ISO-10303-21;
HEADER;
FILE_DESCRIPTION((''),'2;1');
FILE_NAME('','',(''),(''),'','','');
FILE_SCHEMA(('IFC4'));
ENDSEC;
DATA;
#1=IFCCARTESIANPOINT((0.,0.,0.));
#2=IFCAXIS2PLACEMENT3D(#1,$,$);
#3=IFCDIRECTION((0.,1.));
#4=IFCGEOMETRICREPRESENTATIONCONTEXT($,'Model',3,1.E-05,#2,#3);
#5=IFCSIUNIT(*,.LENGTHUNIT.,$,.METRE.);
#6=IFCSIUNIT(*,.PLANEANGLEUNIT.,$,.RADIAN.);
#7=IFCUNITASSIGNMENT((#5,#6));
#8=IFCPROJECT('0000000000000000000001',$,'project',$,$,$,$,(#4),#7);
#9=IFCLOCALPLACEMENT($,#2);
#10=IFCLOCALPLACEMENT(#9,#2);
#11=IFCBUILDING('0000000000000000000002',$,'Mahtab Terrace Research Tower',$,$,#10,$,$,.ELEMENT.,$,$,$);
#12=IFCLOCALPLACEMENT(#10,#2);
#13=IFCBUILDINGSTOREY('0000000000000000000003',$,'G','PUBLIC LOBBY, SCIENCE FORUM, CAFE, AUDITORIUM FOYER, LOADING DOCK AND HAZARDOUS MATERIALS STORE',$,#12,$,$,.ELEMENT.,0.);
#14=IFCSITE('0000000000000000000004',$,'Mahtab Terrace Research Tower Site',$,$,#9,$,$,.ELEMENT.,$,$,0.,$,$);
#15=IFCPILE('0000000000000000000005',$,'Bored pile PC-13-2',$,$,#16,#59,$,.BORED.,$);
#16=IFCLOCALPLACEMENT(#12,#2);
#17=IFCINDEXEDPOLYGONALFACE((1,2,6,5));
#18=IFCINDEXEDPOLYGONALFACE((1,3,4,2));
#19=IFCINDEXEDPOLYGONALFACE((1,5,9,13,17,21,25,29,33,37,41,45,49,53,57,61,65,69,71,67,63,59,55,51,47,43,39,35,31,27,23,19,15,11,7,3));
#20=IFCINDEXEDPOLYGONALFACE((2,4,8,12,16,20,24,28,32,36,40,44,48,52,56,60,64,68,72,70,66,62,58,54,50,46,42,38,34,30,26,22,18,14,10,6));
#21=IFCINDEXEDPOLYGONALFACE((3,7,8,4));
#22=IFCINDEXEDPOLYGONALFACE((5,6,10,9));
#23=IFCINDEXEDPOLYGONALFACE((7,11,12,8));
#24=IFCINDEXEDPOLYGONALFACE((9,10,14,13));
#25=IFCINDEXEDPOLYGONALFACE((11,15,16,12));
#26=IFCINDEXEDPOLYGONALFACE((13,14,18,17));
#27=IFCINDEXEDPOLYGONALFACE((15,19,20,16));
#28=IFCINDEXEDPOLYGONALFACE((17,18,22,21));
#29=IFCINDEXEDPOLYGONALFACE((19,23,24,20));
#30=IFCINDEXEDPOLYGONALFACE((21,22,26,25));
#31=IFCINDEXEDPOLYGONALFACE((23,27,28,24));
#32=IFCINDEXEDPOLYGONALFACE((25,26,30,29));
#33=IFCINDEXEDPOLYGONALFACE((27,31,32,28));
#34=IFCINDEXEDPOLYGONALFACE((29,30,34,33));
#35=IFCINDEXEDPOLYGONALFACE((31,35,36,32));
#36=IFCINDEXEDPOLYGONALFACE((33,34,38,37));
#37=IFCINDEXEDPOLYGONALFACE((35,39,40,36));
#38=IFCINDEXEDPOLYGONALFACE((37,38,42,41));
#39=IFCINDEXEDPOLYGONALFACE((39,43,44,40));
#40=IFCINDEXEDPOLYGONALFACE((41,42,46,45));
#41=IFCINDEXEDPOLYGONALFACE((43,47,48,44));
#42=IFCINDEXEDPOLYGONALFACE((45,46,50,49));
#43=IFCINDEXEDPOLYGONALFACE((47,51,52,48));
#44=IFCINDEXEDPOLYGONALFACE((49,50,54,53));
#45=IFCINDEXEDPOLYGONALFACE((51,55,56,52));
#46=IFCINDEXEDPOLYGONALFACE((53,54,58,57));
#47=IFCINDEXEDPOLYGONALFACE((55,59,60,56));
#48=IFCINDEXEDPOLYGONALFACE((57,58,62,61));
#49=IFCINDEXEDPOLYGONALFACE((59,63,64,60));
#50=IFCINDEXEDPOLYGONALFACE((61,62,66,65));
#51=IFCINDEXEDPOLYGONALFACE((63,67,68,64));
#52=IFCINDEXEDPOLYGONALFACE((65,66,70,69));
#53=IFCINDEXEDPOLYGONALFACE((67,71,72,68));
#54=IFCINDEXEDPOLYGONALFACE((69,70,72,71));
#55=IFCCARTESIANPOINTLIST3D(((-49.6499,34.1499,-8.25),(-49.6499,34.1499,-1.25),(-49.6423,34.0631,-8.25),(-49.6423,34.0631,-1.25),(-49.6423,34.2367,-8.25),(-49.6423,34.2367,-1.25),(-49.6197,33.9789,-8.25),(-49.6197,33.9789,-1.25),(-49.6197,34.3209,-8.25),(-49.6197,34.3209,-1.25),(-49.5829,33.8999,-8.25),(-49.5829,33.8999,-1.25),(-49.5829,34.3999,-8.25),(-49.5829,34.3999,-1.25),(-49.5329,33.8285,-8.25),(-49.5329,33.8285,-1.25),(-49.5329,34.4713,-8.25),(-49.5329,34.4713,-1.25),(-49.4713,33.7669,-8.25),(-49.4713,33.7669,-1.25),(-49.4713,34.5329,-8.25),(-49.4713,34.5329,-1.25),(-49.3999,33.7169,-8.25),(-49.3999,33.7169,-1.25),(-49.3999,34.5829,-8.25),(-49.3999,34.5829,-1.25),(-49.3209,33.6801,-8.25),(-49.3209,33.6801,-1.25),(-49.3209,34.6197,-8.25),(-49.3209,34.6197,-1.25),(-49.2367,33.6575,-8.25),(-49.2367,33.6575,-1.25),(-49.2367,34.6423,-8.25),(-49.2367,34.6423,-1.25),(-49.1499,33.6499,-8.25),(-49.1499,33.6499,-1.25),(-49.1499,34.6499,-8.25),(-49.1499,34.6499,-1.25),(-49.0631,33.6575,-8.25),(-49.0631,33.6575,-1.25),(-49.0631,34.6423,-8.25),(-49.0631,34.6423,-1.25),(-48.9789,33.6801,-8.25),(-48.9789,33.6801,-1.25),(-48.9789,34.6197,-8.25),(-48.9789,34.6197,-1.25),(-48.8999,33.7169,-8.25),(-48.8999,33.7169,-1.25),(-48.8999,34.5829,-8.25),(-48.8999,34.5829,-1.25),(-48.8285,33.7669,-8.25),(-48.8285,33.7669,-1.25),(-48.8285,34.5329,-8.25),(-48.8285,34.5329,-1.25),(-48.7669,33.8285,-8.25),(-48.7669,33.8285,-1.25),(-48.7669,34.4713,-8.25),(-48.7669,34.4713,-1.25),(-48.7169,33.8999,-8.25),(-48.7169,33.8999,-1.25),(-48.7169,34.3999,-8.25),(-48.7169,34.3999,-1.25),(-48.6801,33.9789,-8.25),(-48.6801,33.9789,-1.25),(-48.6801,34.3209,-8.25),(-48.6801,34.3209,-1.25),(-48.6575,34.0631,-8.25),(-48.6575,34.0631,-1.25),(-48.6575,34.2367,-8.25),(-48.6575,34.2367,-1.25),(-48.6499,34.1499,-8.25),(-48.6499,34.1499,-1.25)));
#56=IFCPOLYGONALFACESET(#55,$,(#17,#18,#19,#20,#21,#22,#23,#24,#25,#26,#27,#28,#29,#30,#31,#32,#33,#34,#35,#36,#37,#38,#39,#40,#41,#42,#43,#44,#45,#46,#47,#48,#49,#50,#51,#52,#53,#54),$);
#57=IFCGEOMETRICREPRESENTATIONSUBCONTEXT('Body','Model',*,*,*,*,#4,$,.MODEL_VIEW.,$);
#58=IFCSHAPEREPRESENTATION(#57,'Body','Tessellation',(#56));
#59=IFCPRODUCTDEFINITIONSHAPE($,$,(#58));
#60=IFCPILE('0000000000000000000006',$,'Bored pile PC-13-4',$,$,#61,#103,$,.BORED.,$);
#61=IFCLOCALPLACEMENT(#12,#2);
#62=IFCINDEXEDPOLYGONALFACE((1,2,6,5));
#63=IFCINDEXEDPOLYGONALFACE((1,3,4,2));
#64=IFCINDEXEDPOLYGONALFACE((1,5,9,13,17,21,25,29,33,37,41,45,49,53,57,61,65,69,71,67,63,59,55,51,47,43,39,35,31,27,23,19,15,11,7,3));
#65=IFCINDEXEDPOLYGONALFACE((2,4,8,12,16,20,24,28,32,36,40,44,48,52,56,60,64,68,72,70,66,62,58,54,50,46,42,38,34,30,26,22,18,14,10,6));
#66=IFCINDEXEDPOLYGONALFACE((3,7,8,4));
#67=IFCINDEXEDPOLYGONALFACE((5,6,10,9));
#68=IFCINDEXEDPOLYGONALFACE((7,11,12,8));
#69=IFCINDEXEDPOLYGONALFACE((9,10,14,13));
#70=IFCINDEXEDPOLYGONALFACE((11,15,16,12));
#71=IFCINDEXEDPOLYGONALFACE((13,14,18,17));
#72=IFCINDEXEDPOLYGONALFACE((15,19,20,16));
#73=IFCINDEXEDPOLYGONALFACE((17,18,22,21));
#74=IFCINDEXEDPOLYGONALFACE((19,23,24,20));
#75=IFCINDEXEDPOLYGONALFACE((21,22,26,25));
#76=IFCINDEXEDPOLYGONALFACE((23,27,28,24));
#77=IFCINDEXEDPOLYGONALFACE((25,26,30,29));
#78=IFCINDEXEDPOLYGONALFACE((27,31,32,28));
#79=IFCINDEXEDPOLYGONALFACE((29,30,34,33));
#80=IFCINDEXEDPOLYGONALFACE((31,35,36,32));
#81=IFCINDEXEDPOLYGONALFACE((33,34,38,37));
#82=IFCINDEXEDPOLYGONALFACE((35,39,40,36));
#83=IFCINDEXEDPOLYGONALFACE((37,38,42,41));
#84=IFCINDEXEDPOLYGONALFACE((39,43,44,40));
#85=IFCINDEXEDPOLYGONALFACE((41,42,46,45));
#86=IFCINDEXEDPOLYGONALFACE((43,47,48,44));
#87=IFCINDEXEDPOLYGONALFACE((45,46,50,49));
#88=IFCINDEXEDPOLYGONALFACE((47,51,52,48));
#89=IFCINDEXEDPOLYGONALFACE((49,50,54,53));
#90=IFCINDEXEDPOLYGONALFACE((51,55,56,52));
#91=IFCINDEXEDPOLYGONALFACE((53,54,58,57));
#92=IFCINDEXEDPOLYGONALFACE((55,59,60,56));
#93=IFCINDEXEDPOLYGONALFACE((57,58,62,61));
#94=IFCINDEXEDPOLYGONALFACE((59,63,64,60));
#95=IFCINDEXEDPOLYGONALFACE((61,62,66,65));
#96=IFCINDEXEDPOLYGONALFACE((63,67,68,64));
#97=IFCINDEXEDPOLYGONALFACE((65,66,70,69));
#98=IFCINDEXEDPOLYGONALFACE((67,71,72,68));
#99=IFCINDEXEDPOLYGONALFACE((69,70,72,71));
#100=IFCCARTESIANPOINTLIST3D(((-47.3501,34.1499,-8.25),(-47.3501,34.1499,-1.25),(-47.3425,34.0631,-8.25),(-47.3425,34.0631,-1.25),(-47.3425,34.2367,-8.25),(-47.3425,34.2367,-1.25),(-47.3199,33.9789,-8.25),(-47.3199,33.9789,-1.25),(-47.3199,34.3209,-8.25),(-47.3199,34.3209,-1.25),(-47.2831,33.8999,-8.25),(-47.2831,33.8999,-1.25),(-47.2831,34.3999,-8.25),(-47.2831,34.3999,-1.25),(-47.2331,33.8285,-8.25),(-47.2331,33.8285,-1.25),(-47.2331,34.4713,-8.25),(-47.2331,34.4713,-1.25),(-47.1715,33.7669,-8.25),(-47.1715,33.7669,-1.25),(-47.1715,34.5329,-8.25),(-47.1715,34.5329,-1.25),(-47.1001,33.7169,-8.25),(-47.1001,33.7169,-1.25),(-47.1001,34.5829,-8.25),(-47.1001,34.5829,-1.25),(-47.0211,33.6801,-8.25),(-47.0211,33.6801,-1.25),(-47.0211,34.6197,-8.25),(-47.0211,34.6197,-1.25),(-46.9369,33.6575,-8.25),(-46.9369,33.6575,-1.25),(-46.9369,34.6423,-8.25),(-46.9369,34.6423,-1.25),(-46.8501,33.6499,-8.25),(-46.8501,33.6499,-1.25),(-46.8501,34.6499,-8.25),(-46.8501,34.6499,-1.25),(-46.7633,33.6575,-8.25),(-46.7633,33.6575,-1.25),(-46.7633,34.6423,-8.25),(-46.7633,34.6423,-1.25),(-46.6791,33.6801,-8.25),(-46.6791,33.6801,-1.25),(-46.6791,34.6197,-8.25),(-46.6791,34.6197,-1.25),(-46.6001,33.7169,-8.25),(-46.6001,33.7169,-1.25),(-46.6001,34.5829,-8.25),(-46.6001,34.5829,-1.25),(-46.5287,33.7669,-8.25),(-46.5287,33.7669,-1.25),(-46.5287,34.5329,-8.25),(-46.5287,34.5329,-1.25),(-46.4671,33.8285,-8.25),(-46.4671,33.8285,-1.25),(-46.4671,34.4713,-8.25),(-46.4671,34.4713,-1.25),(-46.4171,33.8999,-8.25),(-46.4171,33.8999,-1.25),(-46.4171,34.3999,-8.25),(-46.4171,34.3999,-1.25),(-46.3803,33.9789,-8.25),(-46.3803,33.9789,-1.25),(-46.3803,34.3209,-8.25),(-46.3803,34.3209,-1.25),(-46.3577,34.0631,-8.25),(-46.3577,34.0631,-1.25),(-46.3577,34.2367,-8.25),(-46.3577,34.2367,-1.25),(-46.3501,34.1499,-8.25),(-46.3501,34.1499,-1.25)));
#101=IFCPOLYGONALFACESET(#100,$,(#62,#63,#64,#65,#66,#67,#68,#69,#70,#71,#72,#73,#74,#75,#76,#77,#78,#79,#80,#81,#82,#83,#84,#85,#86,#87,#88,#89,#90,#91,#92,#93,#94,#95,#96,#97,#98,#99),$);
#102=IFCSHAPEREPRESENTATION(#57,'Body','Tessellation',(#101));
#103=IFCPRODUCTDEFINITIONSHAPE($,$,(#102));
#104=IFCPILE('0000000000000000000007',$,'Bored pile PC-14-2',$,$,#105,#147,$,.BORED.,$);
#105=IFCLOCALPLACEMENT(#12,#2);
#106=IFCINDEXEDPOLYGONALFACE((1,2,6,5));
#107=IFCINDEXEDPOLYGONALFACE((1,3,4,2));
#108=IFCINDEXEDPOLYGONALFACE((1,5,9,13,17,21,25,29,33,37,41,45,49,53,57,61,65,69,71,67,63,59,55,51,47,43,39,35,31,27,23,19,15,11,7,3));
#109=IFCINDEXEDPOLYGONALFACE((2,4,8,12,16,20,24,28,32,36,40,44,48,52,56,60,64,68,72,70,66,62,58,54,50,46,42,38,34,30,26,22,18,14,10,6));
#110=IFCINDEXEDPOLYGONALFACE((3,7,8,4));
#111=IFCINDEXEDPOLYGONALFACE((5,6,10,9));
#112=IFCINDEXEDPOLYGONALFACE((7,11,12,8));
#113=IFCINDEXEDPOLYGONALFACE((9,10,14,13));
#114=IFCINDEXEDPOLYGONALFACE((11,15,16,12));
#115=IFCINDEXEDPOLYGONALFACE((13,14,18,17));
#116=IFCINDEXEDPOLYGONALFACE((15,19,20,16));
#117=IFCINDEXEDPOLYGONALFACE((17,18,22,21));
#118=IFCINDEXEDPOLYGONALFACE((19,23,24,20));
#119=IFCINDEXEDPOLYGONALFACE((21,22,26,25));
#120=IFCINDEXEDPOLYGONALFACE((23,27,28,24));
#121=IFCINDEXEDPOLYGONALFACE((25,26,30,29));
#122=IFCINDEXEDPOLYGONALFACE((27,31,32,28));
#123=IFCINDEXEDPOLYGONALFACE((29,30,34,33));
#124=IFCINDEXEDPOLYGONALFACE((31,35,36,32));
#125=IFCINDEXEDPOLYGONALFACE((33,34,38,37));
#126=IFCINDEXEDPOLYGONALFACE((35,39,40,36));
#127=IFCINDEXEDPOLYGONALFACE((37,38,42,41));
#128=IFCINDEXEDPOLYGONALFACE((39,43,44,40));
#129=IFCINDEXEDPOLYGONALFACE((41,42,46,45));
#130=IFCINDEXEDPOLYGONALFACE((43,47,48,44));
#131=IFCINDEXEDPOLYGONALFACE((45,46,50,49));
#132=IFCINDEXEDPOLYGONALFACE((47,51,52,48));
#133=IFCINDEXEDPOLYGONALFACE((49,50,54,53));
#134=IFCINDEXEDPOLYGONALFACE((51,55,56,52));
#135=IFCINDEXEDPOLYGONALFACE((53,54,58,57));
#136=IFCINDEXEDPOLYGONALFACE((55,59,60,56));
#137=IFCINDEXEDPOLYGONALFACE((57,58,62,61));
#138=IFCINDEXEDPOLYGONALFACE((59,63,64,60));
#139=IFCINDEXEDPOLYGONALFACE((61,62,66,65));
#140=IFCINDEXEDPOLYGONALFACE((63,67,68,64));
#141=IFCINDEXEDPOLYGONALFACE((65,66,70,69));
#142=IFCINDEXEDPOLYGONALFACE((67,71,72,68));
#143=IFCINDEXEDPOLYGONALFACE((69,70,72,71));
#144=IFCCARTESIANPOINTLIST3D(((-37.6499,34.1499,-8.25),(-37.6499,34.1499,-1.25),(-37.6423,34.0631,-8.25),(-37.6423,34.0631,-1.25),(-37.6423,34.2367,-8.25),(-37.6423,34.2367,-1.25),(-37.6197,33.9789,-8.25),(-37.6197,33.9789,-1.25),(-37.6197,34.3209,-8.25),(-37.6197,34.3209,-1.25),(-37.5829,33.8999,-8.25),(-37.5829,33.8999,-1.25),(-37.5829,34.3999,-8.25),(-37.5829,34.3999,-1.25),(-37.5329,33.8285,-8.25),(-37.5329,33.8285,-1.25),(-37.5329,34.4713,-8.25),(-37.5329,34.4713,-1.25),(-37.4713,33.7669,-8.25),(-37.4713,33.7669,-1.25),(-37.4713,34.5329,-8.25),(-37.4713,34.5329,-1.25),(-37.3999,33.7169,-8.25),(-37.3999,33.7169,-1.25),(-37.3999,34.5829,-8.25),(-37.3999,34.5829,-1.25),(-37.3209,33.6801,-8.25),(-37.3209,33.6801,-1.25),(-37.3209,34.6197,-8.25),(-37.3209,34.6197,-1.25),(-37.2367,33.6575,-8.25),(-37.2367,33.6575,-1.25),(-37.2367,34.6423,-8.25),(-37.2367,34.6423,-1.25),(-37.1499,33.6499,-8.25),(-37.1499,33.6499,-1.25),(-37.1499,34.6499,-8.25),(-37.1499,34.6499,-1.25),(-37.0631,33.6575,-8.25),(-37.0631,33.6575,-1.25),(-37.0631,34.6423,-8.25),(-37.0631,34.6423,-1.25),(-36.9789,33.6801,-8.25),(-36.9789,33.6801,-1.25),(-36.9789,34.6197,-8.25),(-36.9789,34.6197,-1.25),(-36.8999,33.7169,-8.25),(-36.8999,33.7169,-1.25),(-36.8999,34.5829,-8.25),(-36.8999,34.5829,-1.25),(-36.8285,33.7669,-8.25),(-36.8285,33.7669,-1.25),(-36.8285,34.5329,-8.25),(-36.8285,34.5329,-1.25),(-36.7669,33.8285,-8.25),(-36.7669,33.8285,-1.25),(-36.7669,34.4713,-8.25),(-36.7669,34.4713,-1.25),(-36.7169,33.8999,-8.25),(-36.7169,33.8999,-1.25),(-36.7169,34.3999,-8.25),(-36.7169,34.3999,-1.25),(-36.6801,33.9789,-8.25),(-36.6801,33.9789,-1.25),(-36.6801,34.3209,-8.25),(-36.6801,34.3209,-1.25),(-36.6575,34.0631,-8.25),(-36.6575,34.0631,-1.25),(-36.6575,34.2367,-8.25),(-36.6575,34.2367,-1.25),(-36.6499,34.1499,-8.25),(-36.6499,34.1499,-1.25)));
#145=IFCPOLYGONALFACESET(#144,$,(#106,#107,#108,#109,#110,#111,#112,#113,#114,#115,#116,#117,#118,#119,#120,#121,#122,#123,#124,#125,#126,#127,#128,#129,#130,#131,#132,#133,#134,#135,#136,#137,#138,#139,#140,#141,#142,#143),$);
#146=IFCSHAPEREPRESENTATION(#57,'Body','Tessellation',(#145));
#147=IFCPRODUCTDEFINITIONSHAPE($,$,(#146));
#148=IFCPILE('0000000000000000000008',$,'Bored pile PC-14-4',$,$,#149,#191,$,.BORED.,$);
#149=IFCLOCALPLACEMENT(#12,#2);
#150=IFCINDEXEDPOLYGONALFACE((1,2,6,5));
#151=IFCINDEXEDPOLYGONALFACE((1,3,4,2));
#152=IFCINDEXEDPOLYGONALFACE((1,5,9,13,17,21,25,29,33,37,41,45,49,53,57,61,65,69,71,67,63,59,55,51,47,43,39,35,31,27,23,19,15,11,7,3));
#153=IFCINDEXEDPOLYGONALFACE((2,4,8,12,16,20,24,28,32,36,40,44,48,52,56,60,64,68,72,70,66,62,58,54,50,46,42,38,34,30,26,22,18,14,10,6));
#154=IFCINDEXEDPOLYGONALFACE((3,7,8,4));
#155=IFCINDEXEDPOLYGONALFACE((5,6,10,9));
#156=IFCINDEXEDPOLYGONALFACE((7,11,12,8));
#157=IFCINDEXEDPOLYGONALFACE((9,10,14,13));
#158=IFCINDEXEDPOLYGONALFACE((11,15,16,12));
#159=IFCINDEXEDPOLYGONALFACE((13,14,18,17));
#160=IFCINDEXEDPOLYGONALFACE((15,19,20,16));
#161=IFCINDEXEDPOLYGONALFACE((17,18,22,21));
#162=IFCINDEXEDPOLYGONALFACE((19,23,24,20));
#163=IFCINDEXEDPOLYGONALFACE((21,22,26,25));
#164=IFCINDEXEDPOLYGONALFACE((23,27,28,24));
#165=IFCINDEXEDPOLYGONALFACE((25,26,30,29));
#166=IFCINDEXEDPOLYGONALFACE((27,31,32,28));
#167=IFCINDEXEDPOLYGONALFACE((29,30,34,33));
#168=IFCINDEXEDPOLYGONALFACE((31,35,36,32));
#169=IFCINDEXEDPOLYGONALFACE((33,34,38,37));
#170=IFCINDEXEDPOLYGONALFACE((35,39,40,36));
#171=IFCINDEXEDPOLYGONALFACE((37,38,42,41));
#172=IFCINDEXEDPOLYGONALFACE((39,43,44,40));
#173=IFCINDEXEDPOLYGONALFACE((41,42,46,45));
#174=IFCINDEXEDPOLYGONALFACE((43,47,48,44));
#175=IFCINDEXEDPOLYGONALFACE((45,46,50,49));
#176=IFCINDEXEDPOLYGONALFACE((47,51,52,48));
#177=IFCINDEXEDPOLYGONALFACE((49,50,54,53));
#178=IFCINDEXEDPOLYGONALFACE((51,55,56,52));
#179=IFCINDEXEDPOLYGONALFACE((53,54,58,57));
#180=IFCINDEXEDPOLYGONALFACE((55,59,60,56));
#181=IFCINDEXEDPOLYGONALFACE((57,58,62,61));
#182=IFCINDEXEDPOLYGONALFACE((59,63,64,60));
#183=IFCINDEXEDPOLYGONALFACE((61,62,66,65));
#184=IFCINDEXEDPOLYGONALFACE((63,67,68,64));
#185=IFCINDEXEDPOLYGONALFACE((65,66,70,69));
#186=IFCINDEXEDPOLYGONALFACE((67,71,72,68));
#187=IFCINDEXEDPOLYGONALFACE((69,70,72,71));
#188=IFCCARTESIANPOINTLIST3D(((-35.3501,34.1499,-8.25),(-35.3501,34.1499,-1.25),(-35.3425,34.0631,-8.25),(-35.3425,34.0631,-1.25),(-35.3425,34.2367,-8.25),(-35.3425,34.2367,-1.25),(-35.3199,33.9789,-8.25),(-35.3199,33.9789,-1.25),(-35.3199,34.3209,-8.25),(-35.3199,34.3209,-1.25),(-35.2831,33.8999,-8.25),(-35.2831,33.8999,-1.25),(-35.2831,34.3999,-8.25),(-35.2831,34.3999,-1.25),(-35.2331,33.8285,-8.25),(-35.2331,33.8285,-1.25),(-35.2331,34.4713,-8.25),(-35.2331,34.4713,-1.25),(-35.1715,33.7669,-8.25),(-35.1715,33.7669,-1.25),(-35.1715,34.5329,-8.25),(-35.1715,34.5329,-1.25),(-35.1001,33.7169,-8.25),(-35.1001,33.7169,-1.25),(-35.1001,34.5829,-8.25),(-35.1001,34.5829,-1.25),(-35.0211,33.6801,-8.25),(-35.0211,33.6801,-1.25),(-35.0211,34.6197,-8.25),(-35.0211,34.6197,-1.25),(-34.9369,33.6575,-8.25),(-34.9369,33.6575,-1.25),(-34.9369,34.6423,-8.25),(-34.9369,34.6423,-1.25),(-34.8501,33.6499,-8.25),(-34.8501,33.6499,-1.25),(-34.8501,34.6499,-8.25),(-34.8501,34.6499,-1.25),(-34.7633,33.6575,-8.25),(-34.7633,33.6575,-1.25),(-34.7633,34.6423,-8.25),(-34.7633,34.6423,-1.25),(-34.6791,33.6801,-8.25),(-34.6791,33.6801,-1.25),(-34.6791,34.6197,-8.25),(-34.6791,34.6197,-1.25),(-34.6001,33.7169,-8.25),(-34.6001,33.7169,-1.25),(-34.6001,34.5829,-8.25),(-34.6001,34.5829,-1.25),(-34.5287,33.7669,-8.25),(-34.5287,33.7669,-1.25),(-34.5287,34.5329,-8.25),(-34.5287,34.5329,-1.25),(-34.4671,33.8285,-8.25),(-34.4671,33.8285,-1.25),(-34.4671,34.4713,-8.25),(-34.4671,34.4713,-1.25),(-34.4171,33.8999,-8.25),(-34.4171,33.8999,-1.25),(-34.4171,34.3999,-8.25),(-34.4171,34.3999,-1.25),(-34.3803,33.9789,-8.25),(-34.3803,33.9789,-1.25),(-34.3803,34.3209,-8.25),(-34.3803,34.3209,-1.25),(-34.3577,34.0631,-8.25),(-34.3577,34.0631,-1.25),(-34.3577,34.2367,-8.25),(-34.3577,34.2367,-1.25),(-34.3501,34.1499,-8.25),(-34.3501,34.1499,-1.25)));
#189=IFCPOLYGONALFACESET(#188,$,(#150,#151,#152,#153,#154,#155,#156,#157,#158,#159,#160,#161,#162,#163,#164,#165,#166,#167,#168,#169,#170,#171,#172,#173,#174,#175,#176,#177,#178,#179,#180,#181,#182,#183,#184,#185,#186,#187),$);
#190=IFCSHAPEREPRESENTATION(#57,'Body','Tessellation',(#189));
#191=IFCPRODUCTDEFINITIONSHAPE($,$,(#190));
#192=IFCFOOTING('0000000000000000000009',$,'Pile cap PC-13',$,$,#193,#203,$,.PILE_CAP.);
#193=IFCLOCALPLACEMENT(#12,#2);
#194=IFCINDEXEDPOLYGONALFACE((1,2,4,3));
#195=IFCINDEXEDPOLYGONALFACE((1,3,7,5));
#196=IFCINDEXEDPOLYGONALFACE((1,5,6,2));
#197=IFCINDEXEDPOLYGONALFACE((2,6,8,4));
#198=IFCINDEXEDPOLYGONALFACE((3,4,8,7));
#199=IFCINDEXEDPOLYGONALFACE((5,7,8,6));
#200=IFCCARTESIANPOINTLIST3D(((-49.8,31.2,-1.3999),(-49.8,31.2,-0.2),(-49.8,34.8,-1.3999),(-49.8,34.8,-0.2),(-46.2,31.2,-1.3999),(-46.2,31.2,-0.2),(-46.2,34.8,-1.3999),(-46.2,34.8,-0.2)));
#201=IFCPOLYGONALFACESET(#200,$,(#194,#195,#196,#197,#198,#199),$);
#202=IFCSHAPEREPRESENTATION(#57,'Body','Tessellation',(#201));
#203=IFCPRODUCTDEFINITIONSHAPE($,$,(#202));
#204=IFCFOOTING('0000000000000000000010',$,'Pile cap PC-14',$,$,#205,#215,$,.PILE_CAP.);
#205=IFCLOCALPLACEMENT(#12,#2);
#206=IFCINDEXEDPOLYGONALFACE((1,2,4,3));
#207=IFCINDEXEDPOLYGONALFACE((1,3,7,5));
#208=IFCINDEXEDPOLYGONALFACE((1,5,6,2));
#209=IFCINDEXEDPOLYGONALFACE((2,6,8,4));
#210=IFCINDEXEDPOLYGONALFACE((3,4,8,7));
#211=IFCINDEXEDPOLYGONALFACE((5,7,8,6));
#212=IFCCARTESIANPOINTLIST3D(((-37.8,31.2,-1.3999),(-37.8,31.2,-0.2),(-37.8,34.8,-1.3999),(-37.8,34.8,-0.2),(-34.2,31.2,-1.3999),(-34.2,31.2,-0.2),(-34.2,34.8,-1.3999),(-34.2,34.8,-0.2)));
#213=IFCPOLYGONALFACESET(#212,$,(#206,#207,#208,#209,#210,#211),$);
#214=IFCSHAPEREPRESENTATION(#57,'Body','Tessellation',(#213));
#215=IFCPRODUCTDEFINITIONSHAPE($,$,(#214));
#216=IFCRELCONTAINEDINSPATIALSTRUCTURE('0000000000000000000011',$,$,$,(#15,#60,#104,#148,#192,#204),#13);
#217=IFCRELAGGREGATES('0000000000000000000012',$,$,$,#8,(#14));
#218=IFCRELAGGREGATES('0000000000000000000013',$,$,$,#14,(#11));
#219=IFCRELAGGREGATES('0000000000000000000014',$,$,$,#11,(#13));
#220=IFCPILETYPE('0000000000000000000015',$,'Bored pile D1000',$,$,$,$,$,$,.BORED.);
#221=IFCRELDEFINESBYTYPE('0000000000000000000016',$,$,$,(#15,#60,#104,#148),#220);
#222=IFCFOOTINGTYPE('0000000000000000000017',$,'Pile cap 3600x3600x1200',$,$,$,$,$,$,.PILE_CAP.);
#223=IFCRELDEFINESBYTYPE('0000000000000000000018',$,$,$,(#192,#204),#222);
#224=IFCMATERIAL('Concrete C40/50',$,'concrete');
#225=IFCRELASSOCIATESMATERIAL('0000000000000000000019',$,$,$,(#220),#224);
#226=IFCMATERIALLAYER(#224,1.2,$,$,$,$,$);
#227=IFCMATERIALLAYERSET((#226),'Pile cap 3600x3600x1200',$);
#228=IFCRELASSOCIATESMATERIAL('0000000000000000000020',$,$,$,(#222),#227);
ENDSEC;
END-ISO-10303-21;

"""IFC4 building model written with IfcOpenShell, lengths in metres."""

from ifc_helpers import new_model, si_unit, direction, frame, origin, origin_2d, place, context, subcontext, project, spatial, rectangle, circle, extrude, material, layer, layer_set, material_profile, profile_set, type_object, element, save


model = new_model("IFC4")

# Units and contexts
model_context = context("Model", 3, precision=1e-05, world=origin(), true_north=direction((0.0, 1.0)))
body_context = subcontext(model_context, "Body", "Model", "MODEL_VIEW")
ifc_project = project(units=[si_unit("LENGTHUNIT", "METRE"), si_unit("PLANEANGLEUNIT", "RADIAN")], contexts=[model_context])

# Site, building, storey
site_placement = place(None, origin())
site = spatial("IfcSite", under=ifc_project, at=site_placement, Name="Mahtab Terrace Research Tower Site", CompositionType="ELEMENT", RefElevation=0.0)
building_placement = place(site_placement, origin())
building = spatial("IfcBuilding", under=site, at=building_placement, Name="Mahtab Terrace Research Tower", CompositionType="ELEMENT")
storey_placement = place(building_placement, origin())
storey = spatial("IfcBuildingStorey", under=building, at=storey_placement, Name="G", Description="PUBLIC LOBBY, SCIENCE FORUM, CAFE, AUDITORIUM FOYER, LOADING DOCK AND HAZARDOUS MATERIALS STORE", CompositionType="ELEMENT", Elevation=0.0)

# Piles
ifc_material_1 = material(Name="Concrete C40/50", Category="concrete")
ifc_material_profile_1 = material_profile(ifc_material_1, circle(Radius=0.5, at=origin_2d()), Name="Bored pile D1000")
ifc_profile_set_1 = profile_set([ifc_material_profile_1], Name="Concrete C40/50")
pile_type = type_object("IfcPileType", Name="Bored pile D1000", PredefinedType="BORED", material=ifc_profile_set_1)
for number, where, z_axis, x_axis, name in (
    (1, (-49.1499, 34.1499, -1.25), (0.0, 0.0, -1.0), (1.0, 0.0, 0.0), "Bored pile PC-13-2"),
    (2, (-46.8501, 34.1499, -1.25), (0.0, 0.0, -1.0), (1.0, 0.0, 0.0), "Bored pile PC-13-4"),
    (3, (-37.1499, 34.1499, -1.25), (0.0, 0.0, -1.0), (1.0, 0.0, 0.0), "Bored pile PC-14-2"),
    (4, (-34.8501, 34.1499, -1.25), (0.0, 0.0, -1.0), (1.0, 0.0, 0.0), "Bored pile PC-14-4"),
):
    element("IfcPile", number, at=place(storey_placement, frame(where, z_axis=z_axis, x_axis=x_axis)), inside=storey, type_object=pile_type, Name=name, PredefinedType="BORED", context=body_context, shape_type="SweptSolid", body=[
        extrude(circle(Radius=0.5, at=origin_2d()), origin(), (0.0, 0.0, 1.0), 7.0),
    ])

# Footings
ifc_layer_1 = layer(ifc_material_1, 1.2)
ifc_layer_set_1 = layer_set([ifc_layer_1], Name="Pile cap 3600x3600x1200")
footing_type = type_object("IfcFootingType", Name="Pile cap 3600x3600x1200", PredefinedType="PILE_CAP", material=ifc_layer_set_1)
for number, where, z_axis, x_axis, name in (
    (5, (-48.0, 33.0, -1.3999), (0.0, 0.0, 1.0), (1.0, 0.0, 0.0), "Pile cap PC-13"),
    (6, (-36.0, 33.0, -1.3999), (0.0, 0.0, 1.0), (1.0, 0.0, 0.0), "Pile cap PC-14"),
):
    element("IfcFooting", number, at=place(storey_placement, frame(where, z_axis=z_axis, x_axis=x_axis)), inside=storey, type_object=footing_type, Name=name, PredefinedType="PILE_CAP", context=body_context, shape_type="SweptSolid", body=[
        extrude(rectangle(XDim=3.6001, YDim=3.6001, at=origin_2d()), origin(), (0.0, 0.0, 1.0), 1.2),
    ])

save(model, "model.ifc")
